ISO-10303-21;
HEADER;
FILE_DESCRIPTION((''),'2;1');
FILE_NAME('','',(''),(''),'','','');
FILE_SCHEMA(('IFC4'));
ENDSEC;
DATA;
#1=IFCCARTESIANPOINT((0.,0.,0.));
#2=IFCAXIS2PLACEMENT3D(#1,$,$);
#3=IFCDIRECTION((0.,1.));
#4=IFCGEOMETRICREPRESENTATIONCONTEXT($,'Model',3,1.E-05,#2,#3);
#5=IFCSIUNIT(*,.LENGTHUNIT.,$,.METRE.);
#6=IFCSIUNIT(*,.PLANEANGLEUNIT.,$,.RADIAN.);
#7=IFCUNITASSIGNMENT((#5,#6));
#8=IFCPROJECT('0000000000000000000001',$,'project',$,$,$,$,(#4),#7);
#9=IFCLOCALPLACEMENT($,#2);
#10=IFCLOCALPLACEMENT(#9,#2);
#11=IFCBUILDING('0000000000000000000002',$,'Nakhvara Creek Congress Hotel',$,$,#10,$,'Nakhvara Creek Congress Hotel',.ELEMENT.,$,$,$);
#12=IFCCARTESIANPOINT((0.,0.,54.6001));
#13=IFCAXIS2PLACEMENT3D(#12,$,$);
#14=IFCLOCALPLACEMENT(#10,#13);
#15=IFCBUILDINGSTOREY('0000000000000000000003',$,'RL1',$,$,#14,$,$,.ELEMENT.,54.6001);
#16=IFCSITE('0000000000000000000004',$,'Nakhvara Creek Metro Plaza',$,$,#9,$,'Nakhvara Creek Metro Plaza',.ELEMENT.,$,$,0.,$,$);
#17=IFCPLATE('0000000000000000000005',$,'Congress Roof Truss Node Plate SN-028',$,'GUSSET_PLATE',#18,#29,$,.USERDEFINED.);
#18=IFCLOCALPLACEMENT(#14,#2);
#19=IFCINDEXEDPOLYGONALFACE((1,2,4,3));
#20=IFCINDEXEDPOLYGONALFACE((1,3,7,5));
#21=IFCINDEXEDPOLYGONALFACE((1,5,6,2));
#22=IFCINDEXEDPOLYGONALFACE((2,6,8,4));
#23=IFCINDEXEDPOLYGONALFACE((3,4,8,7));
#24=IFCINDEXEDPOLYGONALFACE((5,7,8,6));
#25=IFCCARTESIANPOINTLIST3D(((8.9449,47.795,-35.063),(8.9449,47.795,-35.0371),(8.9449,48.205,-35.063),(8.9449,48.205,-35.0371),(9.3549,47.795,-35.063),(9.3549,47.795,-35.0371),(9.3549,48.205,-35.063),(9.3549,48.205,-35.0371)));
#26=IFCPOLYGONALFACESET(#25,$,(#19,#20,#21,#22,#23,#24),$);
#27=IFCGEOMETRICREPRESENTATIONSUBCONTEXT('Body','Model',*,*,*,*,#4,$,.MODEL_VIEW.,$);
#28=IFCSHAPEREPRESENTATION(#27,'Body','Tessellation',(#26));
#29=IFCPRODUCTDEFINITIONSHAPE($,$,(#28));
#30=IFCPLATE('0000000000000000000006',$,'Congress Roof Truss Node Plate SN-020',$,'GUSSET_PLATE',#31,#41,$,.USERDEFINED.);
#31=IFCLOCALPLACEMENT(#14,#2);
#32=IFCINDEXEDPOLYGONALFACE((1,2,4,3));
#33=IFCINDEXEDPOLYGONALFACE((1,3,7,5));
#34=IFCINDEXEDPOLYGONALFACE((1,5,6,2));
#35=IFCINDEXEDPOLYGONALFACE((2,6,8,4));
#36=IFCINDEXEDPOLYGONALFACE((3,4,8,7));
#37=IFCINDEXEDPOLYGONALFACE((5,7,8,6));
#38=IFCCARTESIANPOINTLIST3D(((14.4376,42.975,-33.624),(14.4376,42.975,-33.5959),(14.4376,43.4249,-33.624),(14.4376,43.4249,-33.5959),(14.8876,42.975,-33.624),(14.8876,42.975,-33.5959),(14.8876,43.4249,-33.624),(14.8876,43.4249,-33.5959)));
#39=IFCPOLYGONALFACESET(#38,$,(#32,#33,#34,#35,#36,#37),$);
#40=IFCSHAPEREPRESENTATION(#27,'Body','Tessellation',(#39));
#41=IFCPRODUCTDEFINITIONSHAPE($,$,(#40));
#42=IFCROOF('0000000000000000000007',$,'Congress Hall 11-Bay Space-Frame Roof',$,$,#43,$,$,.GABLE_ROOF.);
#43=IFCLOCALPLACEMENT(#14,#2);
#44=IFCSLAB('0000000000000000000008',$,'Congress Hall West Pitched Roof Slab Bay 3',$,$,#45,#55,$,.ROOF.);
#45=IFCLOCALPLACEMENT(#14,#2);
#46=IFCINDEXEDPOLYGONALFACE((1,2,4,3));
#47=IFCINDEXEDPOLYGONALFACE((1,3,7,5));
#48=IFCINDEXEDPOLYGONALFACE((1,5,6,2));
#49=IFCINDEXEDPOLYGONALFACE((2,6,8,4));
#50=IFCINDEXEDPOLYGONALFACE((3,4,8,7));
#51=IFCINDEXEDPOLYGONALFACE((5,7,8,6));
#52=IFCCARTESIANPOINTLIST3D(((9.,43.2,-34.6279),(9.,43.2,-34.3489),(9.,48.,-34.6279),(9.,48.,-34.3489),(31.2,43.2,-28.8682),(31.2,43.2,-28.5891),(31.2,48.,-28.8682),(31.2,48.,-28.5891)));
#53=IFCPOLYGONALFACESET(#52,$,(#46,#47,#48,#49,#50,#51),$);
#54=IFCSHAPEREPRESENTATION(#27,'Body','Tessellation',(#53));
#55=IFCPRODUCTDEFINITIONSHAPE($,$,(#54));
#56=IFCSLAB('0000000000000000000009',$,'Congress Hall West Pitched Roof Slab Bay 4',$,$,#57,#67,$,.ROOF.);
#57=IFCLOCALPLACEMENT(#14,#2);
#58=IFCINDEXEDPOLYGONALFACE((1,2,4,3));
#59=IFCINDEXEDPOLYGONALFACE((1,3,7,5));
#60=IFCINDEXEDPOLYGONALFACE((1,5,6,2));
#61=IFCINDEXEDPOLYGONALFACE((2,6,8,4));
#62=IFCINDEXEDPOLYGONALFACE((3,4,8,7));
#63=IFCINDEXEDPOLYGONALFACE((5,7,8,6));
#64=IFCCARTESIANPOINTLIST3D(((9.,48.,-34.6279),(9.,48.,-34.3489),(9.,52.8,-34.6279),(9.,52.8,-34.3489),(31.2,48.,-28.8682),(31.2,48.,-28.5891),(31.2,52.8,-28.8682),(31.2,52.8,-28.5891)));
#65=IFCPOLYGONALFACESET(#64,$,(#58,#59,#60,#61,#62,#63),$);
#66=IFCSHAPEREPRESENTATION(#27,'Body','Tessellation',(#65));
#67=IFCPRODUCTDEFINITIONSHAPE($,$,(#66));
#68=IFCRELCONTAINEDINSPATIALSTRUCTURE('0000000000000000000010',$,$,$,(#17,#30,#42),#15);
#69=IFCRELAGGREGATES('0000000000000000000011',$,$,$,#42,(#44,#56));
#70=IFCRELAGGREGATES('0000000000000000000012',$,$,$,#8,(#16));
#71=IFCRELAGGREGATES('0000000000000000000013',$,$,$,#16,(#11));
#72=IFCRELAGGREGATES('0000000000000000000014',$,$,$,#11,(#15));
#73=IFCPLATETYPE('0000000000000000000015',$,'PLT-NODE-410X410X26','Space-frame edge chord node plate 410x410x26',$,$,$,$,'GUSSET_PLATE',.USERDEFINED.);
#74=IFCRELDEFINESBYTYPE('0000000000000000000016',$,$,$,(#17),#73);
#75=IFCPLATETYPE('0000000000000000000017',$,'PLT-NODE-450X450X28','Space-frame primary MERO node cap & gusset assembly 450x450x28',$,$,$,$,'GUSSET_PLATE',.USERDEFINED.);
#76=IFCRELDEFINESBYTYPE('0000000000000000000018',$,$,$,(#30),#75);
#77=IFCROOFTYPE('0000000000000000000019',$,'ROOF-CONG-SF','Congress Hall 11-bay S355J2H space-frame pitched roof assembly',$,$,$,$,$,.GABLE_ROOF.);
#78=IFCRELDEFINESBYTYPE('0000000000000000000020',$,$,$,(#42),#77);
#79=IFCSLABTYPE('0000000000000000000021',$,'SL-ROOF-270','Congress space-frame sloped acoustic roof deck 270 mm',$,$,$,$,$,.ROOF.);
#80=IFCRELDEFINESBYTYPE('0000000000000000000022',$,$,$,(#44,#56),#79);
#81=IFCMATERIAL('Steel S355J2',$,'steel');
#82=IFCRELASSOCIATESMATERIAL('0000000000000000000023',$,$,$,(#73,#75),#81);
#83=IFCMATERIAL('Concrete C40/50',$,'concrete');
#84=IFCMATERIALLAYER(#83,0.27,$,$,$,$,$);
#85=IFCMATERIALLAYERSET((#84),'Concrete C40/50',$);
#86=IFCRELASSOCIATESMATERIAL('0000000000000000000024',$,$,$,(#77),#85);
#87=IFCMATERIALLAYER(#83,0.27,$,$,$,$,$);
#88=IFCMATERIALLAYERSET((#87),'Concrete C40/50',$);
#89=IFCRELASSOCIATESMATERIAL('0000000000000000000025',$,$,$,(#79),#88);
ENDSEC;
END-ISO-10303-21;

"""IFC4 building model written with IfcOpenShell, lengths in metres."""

from ifc_helpers import new_model, si_unit, direction, frame, origin, origin_2d, place, context, subcontext, project, spatial, polyline, rectangle, outline, extrude, material, layer, layer_set, type_object, element, aggregate, save


model = new_model("IFC4")

# Units and contexts
model_context = context("Model", 3, precision=1e-05, world=origin(), true_north=direction((0.0, 1.0)))
body_context = subcontext(model_context, "Body", "Model", "MODEL_VIEW")
ifc_project = project(units=[si_unit("LENGTHUNIT", "METRE"), si_unit("PLANEANGLEUNIT", "RADIAN")], contexts=[model_context])

# Site, building, storey
site_placement = place(None, origin())
site = spatial("IfcSite", under=ifc_project, at=site_placement, Name="Nakhvara Creek Metro Plaza", LongName="Nakhvara Creek Metro Plaza", CompositionType="ELEMENT", RefElevation=0.0)
building_placement = place(site_placement, origin())
building = spatial("IfcBuilding", under=site, at=building_placement, Name="Nakhvara Creek Congress Hotel", LongName="Nakhvara Creek Congress Hotel", CompositionType="ELEMENT")
storey_placement = place(building_placement, frame((0.0, 0.0, 54.6001)))
storey = spatial("IfcBuildingStorey", under=building, at=storey_placement, Name="RL1", CompositionType="ELEMENT", Elevation=54.6001)

# Plates
ifc_material_1 = material(Name="Steel S355J2", Category="steel")
plate_type_1 = type_object("IfcPlateType", Name="PLT-NODE-410X410X26", Description="Space-frame edge chord node plate 410x410x26", ElementType="GUSSET_PLATE", PredefinedType="USERDEFINED", material=ifc_material_1)
for number, where, z_axis, x_axis, name in (
    (1, (9.1499, 48.0, -35.063), (0.0, 0.0, 1.0), (1.0, 0.0, 0.0), "Congress Roof Truss Node Plate SN-028"),
):
    element("IfcPlate", number, at=place(storey_placement, frame(where, z_axis=z_axis, x_axis=x_axis)), inside=storey, type_object=plate_type_1, Name=name, ObjectType="GUSSET_PLATE", PredefinedType="USERDEFINED", context=body_context, shape_type="SweptSolid", body=[
        extrude(rectangle(XDim=0.4099, YDim=0.4099, at=origin_2d()), origin(), (0.0, 0.0, 1.0), 0.0259),
    ])
plate_type_2 = type_object("IfcPlateType", Name="PLT-NODE-450X450X28", Description="Space-frame primary MERO node cap & gusset assembly 450x450x28", ElementType="GUSSET_PLATE", PredefinedType="USERDEFINED", material=ifc_material_1)
plate_placement = place(storey_placement, frame((14.6626, 43.2, -33.624), z_axis=(0.0, 0.0, 1.0), x_axis=(1.0, 0.0, 0.0)))
element("IfcPlate", 2, at=plate_placement, inside=storey, type_object=plate_type_2, Name="Congress Roof Truss Node Plate SN-020", ObjectType="GUSSET_PLATE", PredefinedType="USERDEFINED", context=body_context, shape_type="SweptSolid", body=[
    extrude(rectangle(XDim=0.45, YDim=0.45, at=origin_2d()), origin(), (0.0, 0.0, 1.0), 0.0281),
])

# Roof, slabs
ifc_material_2 = material(Name="Concrete C40/50", Category="concrete")
ifc_layer_1 = layer(ifc_material_2, 0.27)
ifc_layer_set_1 = layer_set([ifc_layer_1], Name="Concrete C40/50")
roof_type = type_object("IfcRoofType", Name="ROOF-CONG-SF", Description="Congress Hall 11-bay S355J2H space-frame pitched roof assembly", PredefinedType="GABLE_ROOF", material=ifc_layer_set_1)
roof_placement = place(storey_placement, origin())
roof = element("IfcRoof", 3, at=roof_placement, inside=storey, type_object=roof_type, Name="Congress Hall 11-Bay Space-Frame Roof", PredefinedType="GABLE_ROOF")
ifc_layer_2 = layer(ifc_material_2, 0.27)
ifc_layer_set_2 = layer_set([ifc_layer_2], Name="Concrete C40/50")
slab_type = type_object("IfcSlabType", Name="SL-ROOF-270", Description="Congress space-frame sloped acoustic roof deck 270 mm", PredefinedType="ROOF", material=ifc_layer_set_2)
slab_1_placement = place(storey_placement, frame((9.0, 43.2, -34.3489), z_axis=(0.0, 0.0, 1.0), x_axis=(1.0, 0.0, 0.0)))
slab_1 = element("IfcSlab", 4, at=slab_1_placement, type_object=slab_type, Name="Congress Hall West Pitched Roof Slab Bay 3", PredefinedType="ROOF", context=body_context, shape_type="SweptSolid", body=[
    extrude(outline(polyline([(0.0, 0.0), (22.2, 5.7598), (22.2, 5.4807), (0.0, -0.2791), (0.0, 0.0)])), frame((0.0, 4.8, 0.0), z_axis=(0.0, -1.0, 0.0), x_axis=(1.0, 0.0, 0.0)), (0.0, 0.0, 1.0), 4.8),
])
slab_2_placement = place(storey_placement, frame((9.0, 48.0, -34.3489), z_axis=(0.0, 0.0, 1.0), x_axis=(1.0, 0.0, 0.0)))
slab_2 = element("IfcSlab", 5, at=slab_2_placement, type_object=slab_type, Name="Congress Hall West Pitched Roof Slab Bay 4", PredefinedType="ROOF", context=body_context, shape_type="SweptSolid", body=[
    extrude(outline(polyline([(0.0, 0.0), (22.2, 5.7598), (22.2, 5.4807), (0.0, -0.2791), (0.0, 0.0)])), frame((0.0, 4.8, 0.0), z_axis=(0.0, -1.0, 0.0), x_axis=(1.0, 0.0, 0.0)), (0.0, 0.0, 1.0), 4.8),
])
aggregate(roof, [slab_1, slab_2])

save(model, "model.ifc")
